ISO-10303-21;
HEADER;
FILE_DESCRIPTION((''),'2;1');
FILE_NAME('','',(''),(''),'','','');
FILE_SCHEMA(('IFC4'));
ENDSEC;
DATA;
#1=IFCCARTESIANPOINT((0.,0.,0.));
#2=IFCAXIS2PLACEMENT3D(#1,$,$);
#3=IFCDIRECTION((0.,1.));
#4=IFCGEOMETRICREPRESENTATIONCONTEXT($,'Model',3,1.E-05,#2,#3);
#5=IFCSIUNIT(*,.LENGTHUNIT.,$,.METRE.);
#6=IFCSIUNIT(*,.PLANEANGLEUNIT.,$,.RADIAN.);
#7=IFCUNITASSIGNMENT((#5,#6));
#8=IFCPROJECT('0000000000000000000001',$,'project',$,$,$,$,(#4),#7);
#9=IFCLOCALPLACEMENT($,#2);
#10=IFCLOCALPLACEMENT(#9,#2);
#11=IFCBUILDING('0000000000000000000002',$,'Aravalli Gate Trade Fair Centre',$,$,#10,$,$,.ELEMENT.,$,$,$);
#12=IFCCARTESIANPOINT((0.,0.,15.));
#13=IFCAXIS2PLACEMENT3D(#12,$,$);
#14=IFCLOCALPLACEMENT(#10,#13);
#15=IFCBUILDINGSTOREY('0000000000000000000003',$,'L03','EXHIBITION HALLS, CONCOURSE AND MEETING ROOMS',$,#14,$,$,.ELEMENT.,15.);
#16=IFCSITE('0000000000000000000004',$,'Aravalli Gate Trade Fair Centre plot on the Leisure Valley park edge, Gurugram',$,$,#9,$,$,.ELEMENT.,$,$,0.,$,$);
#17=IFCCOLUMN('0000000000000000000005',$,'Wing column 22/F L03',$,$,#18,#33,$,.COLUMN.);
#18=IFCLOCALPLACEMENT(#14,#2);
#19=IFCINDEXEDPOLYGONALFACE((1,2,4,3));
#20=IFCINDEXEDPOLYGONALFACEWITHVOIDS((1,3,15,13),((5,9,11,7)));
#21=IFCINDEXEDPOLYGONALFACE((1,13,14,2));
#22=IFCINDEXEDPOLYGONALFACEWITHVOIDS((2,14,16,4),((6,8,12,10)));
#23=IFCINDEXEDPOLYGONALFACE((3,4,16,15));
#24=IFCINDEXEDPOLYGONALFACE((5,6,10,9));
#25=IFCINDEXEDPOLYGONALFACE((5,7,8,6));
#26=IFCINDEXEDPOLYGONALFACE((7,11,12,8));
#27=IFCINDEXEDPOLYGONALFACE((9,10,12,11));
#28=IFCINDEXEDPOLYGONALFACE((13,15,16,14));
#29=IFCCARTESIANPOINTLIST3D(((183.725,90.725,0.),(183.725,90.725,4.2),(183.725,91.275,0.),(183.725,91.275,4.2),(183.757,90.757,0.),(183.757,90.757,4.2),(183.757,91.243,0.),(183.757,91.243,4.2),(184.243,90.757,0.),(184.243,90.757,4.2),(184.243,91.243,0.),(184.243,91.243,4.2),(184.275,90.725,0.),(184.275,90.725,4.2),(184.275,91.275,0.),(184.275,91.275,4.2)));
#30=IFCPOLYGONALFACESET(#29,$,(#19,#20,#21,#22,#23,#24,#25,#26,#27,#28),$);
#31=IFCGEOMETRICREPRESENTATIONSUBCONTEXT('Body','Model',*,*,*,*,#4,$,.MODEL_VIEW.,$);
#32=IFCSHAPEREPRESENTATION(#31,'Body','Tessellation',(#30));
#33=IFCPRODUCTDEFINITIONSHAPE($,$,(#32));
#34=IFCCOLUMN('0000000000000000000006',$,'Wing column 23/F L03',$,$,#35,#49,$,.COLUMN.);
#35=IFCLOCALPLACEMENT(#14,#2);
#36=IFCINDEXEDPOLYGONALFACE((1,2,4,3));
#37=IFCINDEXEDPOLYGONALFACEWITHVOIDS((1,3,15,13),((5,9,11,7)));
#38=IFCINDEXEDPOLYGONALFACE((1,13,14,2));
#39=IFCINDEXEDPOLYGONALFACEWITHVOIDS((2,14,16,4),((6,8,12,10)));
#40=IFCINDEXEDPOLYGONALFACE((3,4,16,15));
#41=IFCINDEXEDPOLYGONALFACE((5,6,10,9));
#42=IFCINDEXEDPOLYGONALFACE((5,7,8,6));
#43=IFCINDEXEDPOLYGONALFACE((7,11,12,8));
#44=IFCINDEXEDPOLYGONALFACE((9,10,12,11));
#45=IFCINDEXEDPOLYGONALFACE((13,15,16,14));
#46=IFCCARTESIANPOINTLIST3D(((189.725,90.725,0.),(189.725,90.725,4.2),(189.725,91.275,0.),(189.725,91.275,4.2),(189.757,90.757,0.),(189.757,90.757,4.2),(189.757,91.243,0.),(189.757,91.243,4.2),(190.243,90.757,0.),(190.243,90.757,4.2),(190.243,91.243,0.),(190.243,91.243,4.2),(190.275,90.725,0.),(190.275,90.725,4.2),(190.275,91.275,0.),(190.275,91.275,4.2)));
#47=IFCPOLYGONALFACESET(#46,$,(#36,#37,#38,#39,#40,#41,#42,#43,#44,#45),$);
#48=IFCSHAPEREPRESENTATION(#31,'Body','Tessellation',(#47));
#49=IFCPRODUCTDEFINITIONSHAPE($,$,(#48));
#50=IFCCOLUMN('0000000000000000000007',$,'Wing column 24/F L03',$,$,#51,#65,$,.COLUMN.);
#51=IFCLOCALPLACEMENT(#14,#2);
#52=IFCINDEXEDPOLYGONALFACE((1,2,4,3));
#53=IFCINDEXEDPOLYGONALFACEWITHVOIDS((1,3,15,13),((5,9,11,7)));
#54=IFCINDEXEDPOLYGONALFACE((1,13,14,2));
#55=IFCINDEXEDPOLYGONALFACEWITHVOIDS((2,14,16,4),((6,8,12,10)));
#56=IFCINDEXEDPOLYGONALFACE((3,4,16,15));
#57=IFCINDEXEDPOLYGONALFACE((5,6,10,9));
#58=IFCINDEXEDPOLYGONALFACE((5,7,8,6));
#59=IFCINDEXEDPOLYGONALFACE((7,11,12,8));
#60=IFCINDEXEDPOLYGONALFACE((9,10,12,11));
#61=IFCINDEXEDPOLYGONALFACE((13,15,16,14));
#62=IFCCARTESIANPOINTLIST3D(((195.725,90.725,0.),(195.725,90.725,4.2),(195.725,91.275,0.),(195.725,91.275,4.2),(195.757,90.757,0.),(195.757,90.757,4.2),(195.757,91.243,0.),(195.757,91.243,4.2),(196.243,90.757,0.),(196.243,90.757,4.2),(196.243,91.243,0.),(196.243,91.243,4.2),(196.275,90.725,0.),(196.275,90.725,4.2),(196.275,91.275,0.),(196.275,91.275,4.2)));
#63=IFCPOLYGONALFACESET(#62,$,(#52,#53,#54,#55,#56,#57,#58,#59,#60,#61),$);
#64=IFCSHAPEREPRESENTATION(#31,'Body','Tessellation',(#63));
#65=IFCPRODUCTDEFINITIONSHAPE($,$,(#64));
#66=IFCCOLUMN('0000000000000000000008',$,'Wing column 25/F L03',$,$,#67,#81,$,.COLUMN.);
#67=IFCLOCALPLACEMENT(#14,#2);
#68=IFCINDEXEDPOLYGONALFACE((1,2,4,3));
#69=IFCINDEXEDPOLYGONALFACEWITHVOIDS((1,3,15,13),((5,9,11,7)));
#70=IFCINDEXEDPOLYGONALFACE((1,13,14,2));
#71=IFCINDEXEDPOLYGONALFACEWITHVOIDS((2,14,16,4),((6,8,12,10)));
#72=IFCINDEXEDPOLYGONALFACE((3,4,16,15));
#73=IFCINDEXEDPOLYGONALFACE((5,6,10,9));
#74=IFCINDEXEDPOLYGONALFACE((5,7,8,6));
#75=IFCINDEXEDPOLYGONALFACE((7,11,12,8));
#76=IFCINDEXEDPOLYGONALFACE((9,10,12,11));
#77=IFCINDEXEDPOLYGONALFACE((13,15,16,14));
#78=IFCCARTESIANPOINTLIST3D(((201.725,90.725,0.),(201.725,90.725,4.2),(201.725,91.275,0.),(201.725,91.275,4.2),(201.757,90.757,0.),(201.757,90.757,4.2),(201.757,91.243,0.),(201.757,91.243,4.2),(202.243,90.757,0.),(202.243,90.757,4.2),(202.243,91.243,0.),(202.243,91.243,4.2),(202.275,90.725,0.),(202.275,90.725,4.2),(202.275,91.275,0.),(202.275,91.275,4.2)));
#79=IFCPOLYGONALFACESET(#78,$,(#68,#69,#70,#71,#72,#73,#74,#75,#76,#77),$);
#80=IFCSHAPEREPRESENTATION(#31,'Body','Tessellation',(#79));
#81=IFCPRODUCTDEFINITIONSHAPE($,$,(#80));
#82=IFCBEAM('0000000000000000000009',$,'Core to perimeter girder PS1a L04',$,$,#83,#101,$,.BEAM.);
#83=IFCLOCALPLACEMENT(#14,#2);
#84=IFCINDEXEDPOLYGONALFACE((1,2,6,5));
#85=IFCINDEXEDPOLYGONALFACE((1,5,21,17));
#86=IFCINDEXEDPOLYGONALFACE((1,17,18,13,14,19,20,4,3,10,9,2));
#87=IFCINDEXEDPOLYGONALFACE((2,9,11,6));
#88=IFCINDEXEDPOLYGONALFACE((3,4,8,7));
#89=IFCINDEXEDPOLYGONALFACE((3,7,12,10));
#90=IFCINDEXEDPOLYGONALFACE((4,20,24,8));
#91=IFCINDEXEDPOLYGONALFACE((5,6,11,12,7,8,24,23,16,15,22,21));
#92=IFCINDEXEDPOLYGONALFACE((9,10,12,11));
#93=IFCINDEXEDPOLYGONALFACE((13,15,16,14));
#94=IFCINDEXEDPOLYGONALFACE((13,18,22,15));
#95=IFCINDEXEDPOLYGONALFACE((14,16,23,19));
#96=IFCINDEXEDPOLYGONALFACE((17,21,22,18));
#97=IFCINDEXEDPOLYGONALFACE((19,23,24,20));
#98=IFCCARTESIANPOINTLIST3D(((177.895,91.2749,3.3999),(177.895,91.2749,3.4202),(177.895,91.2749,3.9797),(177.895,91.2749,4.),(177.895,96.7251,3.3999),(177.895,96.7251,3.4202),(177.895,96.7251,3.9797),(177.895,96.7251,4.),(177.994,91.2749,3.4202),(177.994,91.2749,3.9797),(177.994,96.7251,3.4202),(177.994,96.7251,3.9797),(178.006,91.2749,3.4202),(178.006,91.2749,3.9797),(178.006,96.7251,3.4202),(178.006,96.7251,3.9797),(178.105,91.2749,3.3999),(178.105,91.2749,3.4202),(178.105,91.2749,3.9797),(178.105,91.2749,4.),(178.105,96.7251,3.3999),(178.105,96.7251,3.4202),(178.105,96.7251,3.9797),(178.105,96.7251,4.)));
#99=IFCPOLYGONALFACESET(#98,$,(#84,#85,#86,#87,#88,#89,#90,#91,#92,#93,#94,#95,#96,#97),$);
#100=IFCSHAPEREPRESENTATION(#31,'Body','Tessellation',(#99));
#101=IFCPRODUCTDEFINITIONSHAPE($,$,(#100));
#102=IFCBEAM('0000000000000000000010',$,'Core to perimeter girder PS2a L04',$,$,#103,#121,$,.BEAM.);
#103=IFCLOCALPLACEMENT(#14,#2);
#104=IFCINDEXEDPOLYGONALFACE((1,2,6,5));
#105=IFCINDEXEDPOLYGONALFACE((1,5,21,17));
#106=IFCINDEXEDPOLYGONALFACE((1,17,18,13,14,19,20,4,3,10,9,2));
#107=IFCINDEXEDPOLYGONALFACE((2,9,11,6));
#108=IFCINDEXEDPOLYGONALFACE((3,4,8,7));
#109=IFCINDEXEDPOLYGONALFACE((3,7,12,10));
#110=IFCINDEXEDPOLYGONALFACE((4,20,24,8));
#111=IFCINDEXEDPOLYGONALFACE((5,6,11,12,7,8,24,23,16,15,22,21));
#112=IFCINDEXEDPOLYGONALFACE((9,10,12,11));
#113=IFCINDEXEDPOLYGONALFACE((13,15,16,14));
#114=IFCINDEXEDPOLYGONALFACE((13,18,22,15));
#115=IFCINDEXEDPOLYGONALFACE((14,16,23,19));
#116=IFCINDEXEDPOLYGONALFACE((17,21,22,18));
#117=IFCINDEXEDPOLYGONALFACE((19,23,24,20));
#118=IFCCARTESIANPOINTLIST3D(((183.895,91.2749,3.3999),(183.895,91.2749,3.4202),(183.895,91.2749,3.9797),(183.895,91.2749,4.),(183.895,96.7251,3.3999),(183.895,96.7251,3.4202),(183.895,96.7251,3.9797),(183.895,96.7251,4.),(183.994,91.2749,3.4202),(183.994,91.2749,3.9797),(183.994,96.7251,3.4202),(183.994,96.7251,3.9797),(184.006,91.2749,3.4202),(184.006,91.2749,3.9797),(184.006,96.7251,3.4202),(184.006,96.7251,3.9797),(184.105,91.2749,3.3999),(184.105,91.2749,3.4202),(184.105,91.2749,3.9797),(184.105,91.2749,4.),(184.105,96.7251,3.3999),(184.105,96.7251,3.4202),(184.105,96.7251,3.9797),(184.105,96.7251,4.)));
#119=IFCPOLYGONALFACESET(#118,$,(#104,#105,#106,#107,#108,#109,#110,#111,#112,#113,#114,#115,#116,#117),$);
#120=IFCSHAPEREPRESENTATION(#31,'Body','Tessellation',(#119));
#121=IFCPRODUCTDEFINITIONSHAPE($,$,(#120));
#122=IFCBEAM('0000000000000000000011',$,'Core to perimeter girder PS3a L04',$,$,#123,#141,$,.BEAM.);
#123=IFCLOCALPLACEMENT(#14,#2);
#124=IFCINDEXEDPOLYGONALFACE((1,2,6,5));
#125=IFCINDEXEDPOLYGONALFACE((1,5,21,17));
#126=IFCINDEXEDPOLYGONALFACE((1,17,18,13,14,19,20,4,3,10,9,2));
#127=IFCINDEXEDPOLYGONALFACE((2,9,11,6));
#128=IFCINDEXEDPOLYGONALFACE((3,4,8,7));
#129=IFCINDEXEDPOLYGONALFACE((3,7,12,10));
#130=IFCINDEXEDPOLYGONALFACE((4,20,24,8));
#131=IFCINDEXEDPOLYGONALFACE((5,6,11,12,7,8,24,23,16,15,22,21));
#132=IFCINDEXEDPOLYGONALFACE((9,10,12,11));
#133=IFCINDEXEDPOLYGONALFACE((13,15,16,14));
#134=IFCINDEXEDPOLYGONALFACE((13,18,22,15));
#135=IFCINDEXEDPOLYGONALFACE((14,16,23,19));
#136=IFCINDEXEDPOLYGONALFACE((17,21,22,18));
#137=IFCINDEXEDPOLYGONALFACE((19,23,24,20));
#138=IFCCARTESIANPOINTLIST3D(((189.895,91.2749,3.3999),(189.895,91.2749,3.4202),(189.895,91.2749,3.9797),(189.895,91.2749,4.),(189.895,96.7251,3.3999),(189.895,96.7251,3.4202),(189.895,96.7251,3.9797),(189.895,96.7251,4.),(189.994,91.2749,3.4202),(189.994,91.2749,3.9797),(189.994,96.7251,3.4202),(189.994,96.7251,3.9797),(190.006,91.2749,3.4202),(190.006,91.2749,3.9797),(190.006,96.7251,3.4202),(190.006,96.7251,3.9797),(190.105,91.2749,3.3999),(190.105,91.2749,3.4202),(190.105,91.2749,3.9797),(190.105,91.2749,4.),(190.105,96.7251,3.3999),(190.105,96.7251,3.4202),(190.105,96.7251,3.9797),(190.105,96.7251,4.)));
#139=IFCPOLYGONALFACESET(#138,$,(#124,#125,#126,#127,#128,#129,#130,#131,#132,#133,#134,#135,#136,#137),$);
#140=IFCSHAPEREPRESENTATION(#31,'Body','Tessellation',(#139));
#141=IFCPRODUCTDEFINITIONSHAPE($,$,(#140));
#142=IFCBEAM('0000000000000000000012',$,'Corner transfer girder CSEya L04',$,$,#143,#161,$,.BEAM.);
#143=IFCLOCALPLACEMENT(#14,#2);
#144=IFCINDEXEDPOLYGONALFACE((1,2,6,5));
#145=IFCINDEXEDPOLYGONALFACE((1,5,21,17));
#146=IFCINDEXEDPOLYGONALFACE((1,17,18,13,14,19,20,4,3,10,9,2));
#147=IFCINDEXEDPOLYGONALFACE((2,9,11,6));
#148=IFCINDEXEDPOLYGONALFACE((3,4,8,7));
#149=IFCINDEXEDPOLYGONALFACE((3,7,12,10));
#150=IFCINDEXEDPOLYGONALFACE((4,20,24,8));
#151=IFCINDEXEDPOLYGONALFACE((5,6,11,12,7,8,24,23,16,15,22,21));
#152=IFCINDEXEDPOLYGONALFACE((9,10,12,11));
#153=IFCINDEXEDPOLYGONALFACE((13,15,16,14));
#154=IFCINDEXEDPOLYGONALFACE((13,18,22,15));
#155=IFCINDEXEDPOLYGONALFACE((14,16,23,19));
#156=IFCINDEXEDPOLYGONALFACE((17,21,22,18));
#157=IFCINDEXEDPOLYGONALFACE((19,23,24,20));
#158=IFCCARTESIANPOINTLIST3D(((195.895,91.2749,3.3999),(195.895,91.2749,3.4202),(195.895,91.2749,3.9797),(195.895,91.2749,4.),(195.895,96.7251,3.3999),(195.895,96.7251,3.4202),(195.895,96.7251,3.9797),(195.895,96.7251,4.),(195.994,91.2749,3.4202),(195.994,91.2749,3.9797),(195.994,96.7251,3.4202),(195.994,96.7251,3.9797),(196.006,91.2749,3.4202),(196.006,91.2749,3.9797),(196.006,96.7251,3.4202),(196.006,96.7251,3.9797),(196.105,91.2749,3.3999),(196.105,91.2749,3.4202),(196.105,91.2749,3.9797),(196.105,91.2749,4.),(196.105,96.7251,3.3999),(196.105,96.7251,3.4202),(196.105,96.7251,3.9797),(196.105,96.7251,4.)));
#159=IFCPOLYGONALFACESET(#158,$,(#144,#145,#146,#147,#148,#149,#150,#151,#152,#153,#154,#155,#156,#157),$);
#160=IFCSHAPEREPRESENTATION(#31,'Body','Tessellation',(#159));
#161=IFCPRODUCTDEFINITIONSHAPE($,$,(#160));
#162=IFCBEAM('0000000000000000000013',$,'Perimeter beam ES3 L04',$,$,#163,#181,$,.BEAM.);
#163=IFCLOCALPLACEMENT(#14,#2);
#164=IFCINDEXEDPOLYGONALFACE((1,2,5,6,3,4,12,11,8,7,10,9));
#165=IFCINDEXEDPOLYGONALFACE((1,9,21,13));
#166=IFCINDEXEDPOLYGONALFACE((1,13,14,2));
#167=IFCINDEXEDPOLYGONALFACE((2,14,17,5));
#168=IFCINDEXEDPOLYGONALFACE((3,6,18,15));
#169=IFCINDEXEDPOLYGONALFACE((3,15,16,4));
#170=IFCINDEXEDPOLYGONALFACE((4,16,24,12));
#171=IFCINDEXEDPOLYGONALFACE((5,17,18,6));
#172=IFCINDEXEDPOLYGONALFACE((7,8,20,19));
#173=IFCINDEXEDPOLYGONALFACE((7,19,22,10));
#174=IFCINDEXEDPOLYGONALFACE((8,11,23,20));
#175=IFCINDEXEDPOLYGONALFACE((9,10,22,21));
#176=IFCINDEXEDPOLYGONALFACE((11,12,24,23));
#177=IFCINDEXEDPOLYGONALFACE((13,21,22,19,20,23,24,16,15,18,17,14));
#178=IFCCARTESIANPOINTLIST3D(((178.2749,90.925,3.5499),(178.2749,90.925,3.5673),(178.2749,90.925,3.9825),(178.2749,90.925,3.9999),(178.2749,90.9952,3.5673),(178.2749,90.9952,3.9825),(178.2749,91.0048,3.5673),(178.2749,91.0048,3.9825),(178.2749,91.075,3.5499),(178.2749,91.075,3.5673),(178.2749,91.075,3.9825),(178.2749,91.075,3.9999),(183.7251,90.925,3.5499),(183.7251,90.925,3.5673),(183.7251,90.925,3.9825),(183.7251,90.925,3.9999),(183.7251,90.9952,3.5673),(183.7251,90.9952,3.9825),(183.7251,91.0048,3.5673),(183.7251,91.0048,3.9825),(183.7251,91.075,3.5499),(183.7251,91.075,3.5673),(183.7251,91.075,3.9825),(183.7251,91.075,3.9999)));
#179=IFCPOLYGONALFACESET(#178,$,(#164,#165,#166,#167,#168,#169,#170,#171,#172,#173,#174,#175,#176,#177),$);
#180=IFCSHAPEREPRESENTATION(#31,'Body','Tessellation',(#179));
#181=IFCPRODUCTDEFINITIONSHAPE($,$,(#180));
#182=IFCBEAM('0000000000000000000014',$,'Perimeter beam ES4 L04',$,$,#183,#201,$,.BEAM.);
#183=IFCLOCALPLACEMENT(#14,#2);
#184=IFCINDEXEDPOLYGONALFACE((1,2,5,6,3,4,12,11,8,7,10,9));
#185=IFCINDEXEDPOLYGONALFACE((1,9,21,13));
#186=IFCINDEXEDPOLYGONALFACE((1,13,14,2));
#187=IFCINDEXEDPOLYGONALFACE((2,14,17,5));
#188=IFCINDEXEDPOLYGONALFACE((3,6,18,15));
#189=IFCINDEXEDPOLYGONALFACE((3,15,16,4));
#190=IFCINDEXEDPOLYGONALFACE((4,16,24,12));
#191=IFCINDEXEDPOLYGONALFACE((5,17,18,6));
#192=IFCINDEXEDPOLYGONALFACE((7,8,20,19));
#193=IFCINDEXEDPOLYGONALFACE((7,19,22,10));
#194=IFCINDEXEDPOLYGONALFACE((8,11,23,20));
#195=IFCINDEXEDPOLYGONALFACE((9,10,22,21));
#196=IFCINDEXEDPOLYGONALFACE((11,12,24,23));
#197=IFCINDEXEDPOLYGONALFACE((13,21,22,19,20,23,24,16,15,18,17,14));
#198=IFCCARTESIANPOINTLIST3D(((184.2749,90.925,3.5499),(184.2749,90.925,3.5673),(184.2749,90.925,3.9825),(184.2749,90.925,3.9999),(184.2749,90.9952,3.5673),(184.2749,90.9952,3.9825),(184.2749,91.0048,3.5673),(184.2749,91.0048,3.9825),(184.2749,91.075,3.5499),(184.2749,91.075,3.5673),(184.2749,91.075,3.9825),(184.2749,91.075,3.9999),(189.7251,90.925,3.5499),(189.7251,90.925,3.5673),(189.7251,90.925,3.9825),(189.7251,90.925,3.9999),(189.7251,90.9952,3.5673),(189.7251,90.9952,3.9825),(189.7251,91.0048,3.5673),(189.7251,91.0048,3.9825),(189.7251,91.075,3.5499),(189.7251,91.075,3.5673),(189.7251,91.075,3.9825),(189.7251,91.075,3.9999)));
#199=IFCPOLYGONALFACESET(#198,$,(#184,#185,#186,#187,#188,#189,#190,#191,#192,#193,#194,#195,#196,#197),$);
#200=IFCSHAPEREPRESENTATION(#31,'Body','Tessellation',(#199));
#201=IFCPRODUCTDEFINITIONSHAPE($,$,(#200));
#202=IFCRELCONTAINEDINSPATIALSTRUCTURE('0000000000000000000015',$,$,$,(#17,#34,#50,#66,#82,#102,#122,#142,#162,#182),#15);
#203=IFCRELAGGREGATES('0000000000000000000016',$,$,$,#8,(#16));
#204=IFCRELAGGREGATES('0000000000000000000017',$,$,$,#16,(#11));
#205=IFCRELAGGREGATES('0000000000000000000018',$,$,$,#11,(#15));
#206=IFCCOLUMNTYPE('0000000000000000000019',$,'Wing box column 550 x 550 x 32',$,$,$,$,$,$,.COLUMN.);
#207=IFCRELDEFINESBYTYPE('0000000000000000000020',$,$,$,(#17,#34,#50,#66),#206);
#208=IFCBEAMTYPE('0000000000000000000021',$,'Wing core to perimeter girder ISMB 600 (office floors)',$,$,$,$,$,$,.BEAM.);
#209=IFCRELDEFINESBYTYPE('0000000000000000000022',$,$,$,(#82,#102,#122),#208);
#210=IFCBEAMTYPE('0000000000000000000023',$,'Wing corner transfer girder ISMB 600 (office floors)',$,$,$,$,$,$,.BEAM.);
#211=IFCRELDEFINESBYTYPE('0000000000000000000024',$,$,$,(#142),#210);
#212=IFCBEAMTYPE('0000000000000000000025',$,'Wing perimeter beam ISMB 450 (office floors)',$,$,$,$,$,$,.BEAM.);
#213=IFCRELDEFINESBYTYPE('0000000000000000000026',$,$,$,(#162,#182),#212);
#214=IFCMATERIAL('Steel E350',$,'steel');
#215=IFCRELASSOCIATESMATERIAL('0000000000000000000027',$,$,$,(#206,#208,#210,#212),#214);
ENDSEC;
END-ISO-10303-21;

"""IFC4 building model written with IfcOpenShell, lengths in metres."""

from ifc_helpers import new_model, si_unit, direction, frame, origin, origin_2d, place, context, subcontext, project, spatial, hollow_rectangle, i_section, extrude, material, material_profile, profile_set, type_object, element, save


model = new_model("IFC4")

# Units and contexts
model_context = context("Model", 3, precision=1e-05, world=origin(), true_north=direction((0.0, 1.0)))
body_context = subcontext(model_context, "Body", "Model", "MODEL_VIEW")
ifc_project = project(units=[si_unit("LENGTHUNIT", "METRE"), si_unit("PLANEANGLEUNIT", "RADIAN")], contexts=[model_context])

# Site, building, storey
site_placement = place(None, origin())
site = spatial("IfcSite", under=ifc_project, at=site_placement, Name="Aravalli Gate Trade Fair Centre plot on the Leisure Valley park edge, Gurugram", CompositionType="ELEMENT", RefElevation=0.0)
building_placement = place(site_placement, origin())
building = spatial("IfcBuilding", under=site, at=building_placement, Name="Aravalli Gate Trade Fair Centre", CompositionType="ELEMENT")
storey_placement = place(building_placement, frame((0.0, 0.0, 15.0)))
storey = spatial("IfcBuildingStorey", under=building, at=storey_placement, Name="L03", Description="EXHIBITION HALLS, CONCOURSE AND MEETING ROOMS", CompositionType="ELEMENT", Elevation=15.0)

# Columns
ifc_material_1 = material(Name="Steel E350", Category="steel")
ifc_material_profile_1 = material_profile(ifc_material_1, hollow_rectangle(XDim=0.55, YDim=0.55, WallThickness=0.032, at=origin_2d()), Name="BOX 550x550x32")
ifc_profile_set_1 = profile_set([ifc_material_profile_1], Name="Steel E350")
column_type = type_object("IfcColumnType", Name="Wing box column 550 x 550 x 32", PredefinedType="COLUMN", material=ifc_profile_set_1)
for number, where, z_axis, x_axis, name in (
    (1, (184.0, 91.0, 0.0), (0.0, 0.0, 1.0), (1.0, 0.0, 0.0), "Wing column 22/F L03"),
    (2, (190.0, 91.0, 0.0), (0.0, 0.0, 1.0), (1.0, 0.0, 0.0), "Wing column 23/F L03"),
    (3, (196.0, 91.0, 0.0), (0.0, 0.0, 1.0), (1.0, 0.0, 0.0), "Wing column 24/F L03"),
    (4, (202.0, 91.0, 0.0), (0.0, 0.0, 1.0), (1.0, 0.0, 0.0), "Wing column 25/F L03"),
):
    element("IfcColumn", number, at=place(storey_placement, frame(where, z_axis=z_axis, x_axis=x_axis)), inside=storey, type_object=column_type, Name=name, PredefinedType="COLUMN", context=body_context, shape_type="SweptSolid", body=[
        extrude(hollow_rectangle(XDim=0.55, YDim=0.55, WallThickness=0.032, at=origin_2d()), origin(), (0.0, 0.0, 1.0), 4.2),
    ])

# Beams
ifc_material_profile_2 = material_profile(ifc_material_1, i_section(OverallWidth=0.21, OverallDepth=0.6001, WebThickness=0.012, FlangeThickness=0.0203, at=origin_2d()), Name="ISMB 600")
ifc_profile_set_2 = profile_set([ifc_material_profile_2], Name="Steel E350")
beam_type_1 = type_object("IfcBeamType", Name="Wing core to perimeter girder ISMB 600 (office floors)", PredefinedType="BEAM", material=ifc_profile_set_2)
for number, where, z_axis, x_axis, name in (
    (5, (178.0, 91.2749, 3.7), (0.0, 1.0, 0.0), (-1.0, 0.0, 0.0), "Core to perimeter girder PS1a L04"),
    (6, (184.0, 91.2749, 3.7), (0.0, 1.0, 0.0), (-1.0, 0.0, 0.0), "Core to perimeter girder PS2a L04"),
    (7, (190.0, 91.2749, 3.7), (0.0, 1.0, 0.0), (-1.0, 0.0, 0.0), "Core to perimeter girder PS3a L04"),
):
    element("IfcBeam", number, at=place(storey_placement, frame(where, z_axis=z_axis, x_axis=x_axis)), inside=storey, type_object=beam_type_1, Name=name, PredefinedType="BEAM", context=body_context, shape_type="SweptSolid", body=[
        extrude(i_section(OverallWidth=0.21, OverallDepth=0.6001, WebThickness=0.012, FlangeThickness=0.0203, at=origin_2d()), origin(), (0.0, 0.0, 1.0), 5.4502),
    ])
ifc_material_profile_3 = material_profile(ifc_material_1, i_section(OverallWidth=0.21, OverallDepth=0.6001, WebThickness=0.012, FlangeThickness=0.0203, at=origin_2d()), Name="ISMB 600")
ifc_profile_set_3 = profile_set([ifc_material_profile_3], Name="Steel E350")
beam_type_2 = type_object("IfcBeamType", Name="Wing corner transfer girder ISMB 600 (office floors)", PredefinedType="BEAM", material=ifc_profile_set_3)
beam_1_placement = place(storey_placement, frame((196.0, 91.2749, 3.7), z_axis=(0.0, 1.0, 0.0), x_axis=(-1.0, 0.0, 0.0)))
element("IfcBeam", 8, at=beam_1_placement, inside=storey, type_object=beam_type_2, Name="Corner transfer girder CSEya L04", PredefinedType="BEAM", context=body_context, shape_type="SweptSolid", body=[
    extrude(i_section(OverallWidth=0.21, OverallDepth=0.6001, WebThickness=0.012, FlangeThickness=0.0203, at=origin_2d()), origin(), (0.0, 0.0, 1.0), 5.4502),
])
ifc_material_profile_4 = material_profile(ifc_material_1, i_section(OverallWidth=0.1499, OverallDepth=0.45, WebThickness=0.0095, FlangeThickness=0.0173, at=origin_2d()), Name="ISMB 450")
ifc_profile_set_4 = profile_set([ifc_material_profile_4], Name="Steel E350")
beam_type_3 = type_object("IfcBeamType", Name="Wing perimeter beam ISMB 450 (office floors)", PredefinedType="BEAM", material=ifc_profile_set_4)
for number, where, z_axis, x_axis, name in (
    (9, (178.2749, 91.0, 3.7749), (1.0, 0.0, 0.0), (0.0, 1.0, 0.0), "Perimeter beam ES3 L04"),
    (10, (184.2749, 91.0, 3.7749), (1.0, 0.0, 0.0), (0.0, 1.0, 0.0), "Perimeter beam ES4 L04"),
):
    element("IfcBeam", number, at=place(storey_placement, frame(where, z_axis=z_axis, x_axis=x_axis)), inside=storey, type_object=beam_type_3, Name=name, PredefinedType="BEAM", context=body_context, shape_type="SweptSolid", body=[
        extrude(i_section(OverallWidth=0.1499, OverallDepth=0.45, WebThickness=0.0095, FlangeThickness=0.0173, at=origin_2d()), origin(), (0.0, 0.0, 1.0), 5.4502),
    ])

save(model, "model.ifc")
